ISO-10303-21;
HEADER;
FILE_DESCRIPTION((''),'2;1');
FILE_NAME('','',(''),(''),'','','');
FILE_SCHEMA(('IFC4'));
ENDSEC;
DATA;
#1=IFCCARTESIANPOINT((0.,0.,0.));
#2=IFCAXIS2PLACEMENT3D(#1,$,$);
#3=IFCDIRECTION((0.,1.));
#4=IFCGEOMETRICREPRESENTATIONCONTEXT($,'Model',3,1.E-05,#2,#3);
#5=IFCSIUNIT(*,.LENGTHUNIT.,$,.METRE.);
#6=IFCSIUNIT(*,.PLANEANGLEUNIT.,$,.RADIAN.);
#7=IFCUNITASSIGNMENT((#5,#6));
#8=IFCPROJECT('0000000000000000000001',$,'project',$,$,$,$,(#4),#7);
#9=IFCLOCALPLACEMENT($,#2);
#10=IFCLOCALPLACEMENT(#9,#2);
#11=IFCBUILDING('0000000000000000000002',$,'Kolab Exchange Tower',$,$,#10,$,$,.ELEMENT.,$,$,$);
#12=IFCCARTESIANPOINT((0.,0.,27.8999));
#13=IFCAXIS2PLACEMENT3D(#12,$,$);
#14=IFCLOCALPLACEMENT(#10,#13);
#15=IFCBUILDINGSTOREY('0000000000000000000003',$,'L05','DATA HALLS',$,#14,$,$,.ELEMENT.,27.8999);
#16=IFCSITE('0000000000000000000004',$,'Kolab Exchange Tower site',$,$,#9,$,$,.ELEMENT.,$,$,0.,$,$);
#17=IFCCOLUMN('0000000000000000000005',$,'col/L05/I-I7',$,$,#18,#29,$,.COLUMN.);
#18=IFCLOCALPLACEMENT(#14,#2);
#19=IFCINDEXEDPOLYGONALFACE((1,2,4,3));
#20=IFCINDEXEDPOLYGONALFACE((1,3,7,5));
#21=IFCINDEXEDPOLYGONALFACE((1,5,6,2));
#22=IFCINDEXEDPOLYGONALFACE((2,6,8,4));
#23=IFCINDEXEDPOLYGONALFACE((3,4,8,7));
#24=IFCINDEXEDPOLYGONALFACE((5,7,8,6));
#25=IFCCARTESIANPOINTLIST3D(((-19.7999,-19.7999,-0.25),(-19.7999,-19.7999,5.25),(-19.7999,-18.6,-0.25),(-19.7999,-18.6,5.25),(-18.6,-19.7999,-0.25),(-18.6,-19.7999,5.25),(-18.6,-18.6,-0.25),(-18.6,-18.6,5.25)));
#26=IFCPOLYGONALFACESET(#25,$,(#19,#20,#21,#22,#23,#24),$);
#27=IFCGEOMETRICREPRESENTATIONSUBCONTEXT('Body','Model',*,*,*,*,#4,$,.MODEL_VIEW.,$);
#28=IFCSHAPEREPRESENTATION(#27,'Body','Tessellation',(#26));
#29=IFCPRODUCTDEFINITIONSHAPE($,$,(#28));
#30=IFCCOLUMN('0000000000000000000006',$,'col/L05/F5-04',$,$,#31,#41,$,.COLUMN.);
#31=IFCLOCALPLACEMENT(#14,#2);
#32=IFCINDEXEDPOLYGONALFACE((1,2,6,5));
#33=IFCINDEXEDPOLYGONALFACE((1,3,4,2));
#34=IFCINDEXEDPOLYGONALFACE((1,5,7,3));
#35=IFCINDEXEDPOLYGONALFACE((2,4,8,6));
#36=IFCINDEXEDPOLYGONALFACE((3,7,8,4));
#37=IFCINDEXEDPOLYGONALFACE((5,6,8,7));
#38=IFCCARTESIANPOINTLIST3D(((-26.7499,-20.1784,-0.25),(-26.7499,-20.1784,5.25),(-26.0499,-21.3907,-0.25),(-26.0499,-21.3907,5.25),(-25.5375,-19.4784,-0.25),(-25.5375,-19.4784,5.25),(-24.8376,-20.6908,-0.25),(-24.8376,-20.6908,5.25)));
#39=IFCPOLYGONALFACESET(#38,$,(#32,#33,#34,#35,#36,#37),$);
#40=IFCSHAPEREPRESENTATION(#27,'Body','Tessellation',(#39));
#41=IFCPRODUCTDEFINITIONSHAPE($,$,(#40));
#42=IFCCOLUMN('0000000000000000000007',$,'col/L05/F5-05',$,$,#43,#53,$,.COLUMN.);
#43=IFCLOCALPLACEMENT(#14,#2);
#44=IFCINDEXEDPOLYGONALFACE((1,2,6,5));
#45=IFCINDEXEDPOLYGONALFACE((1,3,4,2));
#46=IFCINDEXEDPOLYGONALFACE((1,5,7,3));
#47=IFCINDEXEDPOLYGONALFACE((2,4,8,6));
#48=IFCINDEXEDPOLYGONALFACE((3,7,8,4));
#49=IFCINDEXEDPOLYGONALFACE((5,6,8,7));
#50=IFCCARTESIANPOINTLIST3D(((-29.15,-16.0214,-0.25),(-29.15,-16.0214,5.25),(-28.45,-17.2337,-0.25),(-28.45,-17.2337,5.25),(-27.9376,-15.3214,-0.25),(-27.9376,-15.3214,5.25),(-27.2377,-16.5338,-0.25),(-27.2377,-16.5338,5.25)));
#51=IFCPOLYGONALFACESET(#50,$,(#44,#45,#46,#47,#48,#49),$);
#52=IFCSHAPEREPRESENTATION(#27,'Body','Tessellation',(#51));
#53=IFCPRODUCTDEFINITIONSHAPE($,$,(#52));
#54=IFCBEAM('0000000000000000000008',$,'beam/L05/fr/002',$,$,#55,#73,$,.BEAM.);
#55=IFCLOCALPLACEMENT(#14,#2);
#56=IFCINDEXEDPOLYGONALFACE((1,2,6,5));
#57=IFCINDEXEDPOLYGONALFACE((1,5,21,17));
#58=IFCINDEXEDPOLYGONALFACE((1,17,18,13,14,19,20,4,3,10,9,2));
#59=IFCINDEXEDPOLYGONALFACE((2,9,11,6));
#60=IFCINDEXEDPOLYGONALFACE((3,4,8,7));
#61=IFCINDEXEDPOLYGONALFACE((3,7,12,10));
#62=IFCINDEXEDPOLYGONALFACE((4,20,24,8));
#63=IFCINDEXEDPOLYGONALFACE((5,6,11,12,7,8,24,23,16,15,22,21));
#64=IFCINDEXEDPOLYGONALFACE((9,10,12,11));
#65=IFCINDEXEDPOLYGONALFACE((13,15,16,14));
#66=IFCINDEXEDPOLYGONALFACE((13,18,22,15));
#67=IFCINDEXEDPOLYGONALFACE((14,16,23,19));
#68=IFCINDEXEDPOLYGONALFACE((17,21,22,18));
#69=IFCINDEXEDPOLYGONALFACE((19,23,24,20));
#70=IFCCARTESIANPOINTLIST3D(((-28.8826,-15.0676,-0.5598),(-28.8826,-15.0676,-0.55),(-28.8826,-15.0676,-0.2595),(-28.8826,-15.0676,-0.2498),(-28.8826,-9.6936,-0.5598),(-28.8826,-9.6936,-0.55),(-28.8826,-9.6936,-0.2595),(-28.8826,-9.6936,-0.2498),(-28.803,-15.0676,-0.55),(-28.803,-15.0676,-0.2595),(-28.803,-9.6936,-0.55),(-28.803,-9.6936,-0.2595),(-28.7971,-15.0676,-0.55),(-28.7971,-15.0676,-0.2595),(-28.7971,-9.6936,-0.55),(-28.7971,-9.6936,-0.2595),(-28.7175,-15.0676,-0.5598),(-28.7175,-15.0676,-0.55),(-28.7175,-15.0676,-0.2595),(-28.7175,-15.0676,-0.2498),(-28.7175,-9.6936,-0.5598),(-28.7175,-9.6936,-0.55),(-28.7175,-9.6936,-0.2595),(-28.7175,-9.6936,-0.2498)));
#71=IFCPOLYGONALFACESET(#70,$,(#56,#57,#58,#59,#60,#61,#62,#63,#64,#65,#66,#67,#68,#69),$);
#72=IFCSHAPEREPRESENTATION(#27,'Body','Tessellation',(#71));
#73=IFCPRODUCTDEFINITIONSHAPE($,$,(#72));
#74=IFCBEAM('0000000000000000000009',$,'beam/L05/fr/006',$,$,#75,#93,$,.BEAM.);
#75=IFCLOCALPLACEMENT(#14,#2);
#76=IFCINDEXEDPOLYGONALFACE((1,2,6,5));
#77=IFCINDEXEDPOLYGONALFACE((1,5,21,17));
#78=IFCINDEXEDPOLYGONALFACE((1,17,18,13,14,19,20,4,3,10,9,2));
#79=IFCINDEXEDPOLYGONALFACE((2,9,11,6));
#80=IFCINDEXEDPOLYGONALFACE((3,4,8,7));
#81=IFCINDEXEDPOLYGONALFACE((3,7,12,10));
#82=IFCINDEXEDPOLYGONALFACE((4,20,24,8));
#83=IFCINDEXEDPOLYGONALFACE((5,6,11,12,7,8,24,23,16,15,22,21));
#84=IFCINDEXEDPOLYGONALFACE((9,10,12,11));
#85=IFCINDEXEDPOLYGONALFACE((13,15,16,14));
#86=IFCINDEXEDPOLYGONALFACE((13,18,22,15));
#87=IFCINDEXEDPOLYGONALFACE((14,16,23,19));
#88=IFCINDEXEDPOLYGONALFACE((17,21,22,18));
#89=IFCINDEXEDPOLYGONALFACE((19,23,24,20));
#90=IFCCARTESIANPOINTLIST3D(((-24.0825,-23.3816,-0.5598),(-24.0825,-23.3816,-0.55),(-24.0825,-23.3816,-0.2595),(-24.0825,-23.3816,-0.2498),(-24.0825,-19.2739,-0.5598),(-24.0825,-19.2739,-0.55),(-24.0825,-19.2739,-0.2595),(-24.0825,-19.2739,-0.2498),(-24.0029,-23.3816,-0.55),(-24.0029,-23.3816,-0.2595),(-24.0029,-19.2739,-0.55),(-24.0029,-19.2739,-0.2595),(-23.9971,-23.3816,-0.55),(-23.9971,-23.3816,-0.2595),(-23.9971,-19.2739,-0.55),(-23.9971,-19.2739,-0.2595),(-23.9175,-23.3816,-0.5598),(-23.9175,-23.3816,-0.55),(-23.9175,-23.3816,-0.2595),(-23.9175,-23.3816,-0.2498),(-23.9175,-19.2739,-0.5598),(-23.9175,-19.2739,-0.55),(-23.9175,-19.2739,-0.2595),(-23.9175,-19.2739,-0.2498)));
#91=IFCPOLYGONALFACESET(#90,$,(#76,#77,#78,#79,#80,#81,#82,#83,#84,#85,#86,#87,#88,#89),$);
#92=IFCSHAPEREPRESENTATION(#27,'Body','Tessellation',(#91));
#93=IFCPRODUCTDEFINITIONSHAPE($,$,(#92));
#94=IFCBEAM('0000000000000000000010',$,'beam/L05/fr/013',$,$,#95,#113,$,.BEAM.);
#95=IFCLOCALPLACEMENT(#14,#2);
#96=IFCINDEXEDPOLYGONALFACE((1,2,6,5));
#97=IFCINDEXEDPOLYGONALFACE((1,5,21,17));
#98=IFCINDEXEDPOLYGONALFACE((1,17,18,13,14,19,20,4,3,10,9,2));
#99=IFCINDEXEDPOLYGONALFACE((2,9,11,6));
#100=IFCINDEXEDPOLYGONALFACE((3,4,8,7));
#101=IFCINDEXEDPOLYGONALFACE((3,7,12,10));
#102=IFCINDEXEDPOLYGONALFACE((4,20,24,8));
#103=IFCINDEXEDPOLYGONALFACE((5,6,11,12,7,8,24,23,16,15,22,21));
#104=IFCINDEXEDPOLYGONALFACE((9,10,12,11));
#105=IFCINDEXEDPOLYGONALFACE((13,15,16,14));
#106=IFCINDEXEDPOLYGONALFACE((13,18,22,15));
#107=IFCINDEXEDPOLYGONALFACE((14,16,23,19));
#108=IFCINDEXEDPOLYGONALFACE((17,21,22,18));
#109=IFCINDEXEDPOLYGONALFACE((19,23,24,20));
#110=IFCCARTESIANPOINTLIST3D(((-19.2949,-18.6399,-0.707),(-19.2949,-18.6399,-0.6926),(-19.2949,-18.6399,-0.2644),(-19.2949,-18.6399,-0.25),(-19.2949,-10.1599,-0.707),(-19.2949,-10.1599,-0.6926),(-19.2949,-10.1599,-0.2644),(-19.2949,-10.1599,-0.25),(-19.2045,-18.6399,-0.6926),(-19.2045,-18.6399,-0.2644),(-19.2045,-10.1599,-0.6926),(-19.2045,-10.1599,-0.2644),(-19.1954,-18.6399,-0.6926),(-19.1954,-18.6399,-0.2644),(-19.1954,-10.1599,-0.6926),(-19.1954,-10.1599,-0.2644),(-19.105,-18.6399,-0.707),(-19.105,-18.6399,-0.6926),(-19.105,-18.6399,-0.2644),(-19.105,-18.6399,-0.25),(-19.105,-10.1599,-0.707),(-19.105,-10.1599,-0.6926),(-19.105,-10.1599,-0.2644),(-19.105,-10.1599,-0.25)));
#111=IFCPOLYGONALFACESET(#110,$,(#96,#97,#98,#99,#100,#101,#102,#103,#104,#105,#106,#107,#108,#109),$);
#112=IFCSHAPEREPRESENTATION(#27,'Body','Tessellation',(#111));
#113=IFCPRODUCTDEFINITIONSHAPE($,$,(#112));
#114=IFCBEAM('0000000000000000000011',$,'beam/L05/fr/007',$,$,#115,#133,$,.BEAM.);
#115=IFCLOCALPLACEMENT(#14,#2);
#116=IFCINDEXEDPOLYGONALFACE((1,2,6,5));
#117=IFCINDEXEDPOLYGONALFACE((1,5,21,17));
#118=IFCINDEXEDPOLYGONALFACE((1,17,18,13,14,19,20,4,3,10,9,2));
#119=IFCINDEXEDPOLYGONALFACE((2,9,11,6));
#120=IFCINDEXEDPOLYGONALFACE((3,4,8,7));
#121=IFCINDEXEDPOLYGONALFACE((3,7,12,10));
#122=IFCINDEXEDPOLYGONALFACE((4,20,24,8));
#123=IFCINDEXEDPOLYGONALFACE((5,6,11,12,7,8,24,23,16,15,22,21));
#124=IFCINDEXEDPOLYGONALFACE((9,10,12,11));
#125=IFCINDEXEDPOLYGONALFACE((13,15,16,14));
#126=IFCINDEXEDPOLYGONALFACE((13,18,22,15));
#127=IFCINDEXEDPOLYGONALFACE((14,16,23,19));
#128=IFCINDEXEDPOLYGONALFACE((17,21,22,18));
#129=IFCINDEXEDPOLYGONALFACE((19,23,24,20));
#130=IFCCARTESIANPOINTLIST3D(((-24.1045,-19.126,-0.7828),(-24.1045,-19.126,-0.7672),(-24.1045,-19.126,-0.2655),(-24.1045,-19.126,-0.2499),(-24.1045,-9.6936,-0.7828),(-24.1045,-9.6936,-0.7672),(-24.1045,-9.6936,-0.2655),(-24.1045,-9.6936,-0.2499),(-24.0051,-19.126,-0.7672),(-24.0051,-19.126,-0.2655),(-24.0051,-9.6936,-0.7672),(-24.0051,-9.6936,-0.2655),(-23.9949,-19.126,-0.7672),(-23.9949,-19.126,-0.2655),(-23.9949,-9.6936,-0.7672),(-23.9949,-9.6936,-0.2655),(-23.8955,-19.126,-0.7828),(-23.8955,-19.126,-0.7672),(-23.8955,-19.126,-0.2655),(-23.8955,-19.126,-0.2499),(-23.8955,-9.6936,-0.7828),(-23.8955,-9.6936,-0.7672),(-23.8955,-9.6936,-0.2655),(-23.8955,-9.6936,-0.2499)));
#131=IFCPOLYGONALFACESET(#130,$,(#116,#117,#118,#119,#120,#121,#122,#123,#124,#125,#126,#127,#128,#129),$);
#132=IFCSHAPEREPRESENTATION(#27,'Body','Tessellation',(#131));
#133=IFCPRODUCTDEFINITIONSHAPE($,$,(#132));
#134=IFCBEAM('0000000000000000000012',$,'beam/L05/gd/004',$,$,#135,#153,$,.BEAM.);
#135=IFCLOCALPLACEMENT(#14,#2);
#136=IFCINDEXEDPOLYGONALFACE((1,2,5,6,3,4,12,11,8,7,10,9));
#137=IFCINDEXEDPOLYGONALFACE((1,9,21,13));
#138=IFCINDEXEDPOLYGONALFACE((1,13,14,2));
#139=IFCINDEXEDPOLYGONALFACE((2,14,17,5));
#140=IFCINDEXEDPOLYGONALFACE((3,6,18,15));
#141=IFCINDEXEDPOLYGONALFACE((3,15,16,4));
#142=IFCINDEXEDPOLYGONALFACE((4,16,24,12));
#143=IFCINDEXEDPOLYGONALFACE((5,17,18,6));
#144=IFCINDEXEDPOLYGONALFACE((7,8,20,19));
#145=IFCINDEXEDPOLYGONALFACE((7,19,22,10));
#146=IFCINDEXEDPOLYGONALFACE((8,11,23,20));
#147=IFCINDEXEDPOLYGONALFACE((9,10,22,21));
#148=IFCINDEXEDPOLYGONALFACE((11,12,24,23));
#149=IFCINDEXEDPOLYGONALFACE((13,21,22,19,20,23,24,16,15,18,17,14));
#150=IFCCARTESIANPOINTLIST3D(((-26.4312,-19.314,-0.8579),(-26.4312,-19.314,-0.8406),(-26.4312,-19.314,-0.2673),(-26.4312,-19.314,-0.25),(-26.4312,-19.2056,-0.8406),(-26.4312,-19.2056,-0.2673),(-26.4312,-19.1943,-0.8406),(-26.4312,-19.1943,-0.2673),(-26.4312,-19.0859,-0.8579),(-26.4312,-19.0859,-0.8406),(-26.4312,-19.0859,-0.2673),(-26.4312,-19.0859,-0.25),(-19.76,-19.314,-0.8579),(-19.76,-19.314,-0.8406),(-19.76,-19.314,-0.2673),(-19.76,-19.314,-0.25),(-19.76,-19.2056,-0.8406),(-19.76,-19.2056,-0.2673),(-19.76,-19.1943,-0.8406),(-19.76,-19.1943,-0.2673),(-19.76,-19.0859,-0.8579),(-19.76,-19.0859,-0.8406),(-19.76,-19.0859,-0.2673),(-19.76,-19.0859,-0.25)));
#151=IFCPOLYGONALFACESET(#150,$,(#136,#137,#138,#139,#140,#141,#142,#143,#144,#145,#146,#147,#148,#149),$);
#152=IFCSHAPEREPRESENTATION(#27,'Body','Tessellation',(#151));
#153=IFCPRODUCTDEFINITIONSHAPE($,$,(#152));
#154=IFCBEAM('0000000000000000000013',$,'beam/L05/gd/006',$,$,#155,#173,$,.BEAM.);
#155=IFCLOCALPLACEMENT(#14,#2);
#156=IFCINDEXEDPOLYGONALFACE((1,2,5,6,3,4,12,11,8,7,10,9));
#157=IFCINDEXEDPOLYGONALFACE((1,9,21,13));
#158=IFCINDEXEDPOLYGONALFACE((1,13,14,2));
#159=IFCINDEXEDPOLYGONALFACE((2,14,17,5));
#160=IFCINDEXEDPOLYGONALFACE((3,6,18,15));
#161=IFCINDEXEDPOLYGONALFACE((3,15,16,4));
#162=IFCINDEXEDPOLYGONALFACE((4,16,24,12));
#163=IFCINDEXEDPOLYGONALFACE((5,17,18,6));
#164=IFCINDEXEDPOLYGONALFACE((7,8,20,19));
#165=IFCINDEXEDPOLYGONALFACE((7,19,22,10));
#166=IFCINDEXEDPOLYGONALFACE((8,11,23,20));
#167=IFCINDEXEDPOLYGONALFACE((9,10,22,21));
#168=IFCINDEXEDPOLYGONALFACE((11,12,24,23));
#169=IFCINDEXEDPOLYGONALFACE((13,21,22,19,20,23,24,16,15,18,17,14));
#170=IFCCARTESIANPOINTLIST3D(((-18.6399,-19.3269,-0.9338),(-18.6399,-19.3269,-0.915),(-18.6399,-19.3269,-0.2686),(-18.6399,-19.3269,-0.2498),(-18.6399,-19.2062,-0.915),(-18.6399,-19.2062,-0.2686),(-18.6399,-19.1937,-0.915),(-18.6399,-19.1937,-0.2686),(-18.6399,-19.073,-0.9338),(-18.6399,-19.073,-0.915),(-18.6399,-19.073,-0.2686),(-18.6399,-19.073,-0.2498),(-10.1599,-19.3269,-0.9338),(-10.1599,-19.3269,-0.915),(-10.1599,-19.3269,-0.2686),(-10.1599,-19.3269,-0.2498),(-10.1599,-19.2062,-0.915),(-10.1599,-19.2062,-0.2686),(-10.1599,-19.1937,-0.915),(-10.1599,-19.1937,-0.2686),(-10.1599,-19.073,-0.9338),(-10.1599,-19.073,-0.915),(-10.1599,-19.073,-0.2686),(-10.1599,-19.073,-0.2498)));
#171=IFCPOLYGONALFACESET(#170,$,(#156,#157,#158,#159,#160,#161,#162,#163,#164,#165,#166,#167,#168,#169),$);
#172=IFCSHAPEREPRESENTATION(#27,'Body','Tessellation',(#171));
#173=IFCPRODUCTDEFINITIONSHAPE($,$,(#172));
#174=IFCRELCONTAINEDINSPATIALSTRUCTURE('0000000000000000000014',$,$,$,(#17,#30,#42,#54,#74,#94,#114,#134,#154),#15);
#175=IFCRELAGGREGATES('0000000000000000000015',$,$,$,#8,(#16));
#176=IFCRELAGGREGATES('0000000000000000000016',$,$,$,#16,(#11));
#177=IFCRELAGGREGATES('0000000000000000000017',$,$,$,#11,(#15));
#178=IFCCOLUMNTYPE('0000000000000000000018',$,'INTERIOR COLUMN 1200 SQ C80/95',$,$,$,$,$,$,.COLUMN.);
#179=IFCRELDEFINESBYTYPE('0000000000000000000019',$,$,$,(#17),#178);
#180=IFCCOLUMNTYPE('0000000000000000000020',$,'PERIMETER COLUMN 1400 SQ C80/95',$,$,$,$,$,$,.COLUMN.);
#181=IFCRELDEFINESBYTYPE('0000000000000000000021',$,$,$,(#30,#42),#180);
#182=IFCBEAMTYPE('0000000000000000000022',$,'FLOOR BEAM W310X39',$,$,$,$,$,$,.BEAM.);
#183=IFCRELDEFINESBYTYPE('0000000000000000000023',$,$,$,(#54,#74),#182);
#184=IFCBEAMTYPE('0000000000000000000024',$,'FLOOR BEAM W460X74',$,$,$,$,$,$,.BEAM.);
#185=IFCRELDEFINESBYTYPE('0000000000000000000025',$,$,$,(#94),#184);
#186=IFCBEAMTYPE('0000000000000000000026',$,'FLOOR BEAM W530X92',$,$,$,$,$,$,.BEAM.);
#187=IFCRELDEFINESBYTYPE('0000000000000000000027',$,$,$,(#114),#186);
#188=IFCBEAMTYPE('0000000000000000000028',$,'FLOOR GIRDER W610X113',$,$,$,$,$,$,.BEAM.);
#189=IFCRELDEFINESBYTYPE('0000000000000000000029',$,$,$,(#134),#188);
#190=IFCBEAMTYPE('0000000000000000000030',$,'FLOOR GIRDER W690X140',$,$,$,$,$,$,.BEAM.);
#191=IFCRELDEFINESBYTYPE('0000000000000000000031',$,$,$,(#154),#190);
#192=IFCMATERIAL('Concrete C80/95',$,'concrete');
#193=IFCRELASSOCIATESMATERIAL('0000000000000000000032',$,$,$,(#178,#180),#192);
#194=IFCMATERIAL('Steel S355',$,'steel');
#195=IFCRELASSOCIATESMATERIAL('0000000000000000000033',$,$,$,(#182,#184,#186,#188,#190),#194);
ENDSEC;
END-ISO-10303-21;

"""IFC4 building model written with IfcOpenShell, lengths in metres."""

from ifc_helpers import new_model, si_unit, direction, frame, origin, origin_2d, place, context, subcontext, project, spatial, rectangle, i_section, extrude, material, material_profile, profile_set, type_object, element, save


model = new_model("IFC4")

# Units and contexts
model_context = context("Model", 3, precision=1e-05, world=origin(), true_north=direction((0.0, 1.0)))
body_context = subcontext(model_context, "Body", "Model", "MODEL_VIEW")
ifc_project = project(units=[si_unit("LENGTHUNIT", "METRE"), si_unit("PLANEANGLEUNIT", "RADIAN")], contexts=[model_context])

# Site, building, storey
site_placement = place(None, origin())
site = spatial("IfcSite", under=ifc_project, at=site_placement, Name="Kolab Exchange Tower site", CompositionType="ELEMENT", RefElevation=0.0)
building_placement = place(site_placement, origin())
building = spatial("IfcBuilding", under=site, at=building_placement, Name="Kolab Exchange Tower", CompositionType="ELEMENT")
storey_placement = place(building_placement, frame((0.0, 0.0, 27.8999)))
storey = spatial("IfcBuildingStorey", under=building, at=storey_placement, Name="L05", Description="DATA HALLS", CompositionType="ELEMENT", Elevation=27.8999)

# Columns
ifc_material_1 = material(Name="Concrete C80/95", Category="concrete")
ifc_material_profile_1 = material_profile(ifc_material_1, rectangle(XDim=1.2, YDim=1.2, at=origin_2d()), Name="RC1200")
ifc_profile_set_1 = profile_set([ifc_material_profile_1], Name="Concrete C80/95")
column_type_1 = type_object("IfcColumnType", Name="INTERIOR COLUMN 1200 SQ C80/95", PredefinedType="COLUMN", material=ifc_profile_set_1)
column_placement = place(storey_placement, frame((-19.2, -19.2, -0.25), z_axis=(0.0, 0.0, 1.0), x_axis=(1.0, 0.0, 0.0)))
element("IfcColumn", 1, at=column_placement, inside=storey, type_object=column_type_1, Name="col/L05/I-I7", PredefinedType="COLUMN", context=body_context, shape_type="SweptSolid", body=[
    extrude(rectangle(XDim=1.2, YDim=1.2, at=origin_2d()), origin(), (0.0, 0.0, 1.0), 5.5),
])
ifc_material_profile_2 = material_profile(ifc_material_1, rectangle(XDim=1.3999, YDim=1.3999, at=origin_2d()), Name="RC1400")
ifc_profile_set_2 = profile_set([ifc_material_profile_2], Name="Concrete C80/95")
column_type_2 = type_object("IfcColumnType", Name="PERIMETER COLUMN 1400 SQ C80/95", PredefinedType="COLUMN", material=ifc_profile_set_2)
for number, where, z_axis, x_axis, name in (
    (2, (-25.7937, -20.4346, -0.25), (0.0, 0.0, 1.0), (0.866025, 0.5, 0.0), "col/L05/F5-04"),
    (3, (-28.1938, -16.2776, -0.25), (0.0, 0.0, 1.0), (0.866025, 0.5, 0.0), "col/L05/F5-05"),
):
    element("IfcColumn", number, at=place(storey_placement, frame(where, z_axis=z_axis, x_axis=x_axis)), inside=storey, type_object=column_type_2, Name=name, PredefinedType="COLUMN", context=body_context, shape_type="SweptSolid", body=[
        extrude(rectangle(XDim=1.3999, YDim=1.3999, at=origin_2d()), origin(), (0.0, 0.0, 1.0), 5.5),
    ])

# Beams
ifc_material_2 = material(Name="Steel S355", Category="steel")
ifc_material_profile_3 = material_profile(ifc_material_2, i_section(OverallWidth=0.165, OverallDepth=0.3101, WebThickness=0.0059, FlangeThickness=0.0098, at=origin_2d()), Name="W310X39")
ifc_profile_set_3 = profile_set([ifc_material_profile_3], Name="Steel S355")
beam_type_1 = type_object("IfcBeamType", Name="FLOOR BEAM W310X39", PredefinedType="BEAM", material=ifc_profile_set_3)
beam_1_placement = place(storey_placement, frame((-28.8, -15.0676, -0.4048), z_axis=(0.0, 1.0, 0.0), x_axis=(-1.0, 0.0, 0.0)))
element("IfcBeam", 4, at=beam_1_placement, inside=storey, type_object=beam_type_1, Name="beam/L05/fr/002", PredefinedType="BEAM", context=body_context, shape_type="SweptSolid", body=[
    extrude(i_section(OverallWidth=0.165, OverallDepth=0.3101, WebThickness=0.0059, FlangeThickness=0.0098, at=origin_2d()), origin(), (0.0, 0.0, 1.0), 5.374),
])
beam_2_placement = place(storey_placement, frame((-24.0, -23.3816, -0.4048), z_axis=(0.0, 1.0, 0.0), x_axis=(-1.0, 0.0, 0.0)))
element("IfcBeam", 5, at=beam_2_placement, inside=storey, type_object=beam_type_1, Name="beam/L05/fr/006", PredefinedType="BEAM", context=body_context, shape_type="SweptSolid", body=[
    extrude(i_section(OverallWidth=0.165, OverallDepth=0.3101, WebThickness=0.0059, FlangeThickness=0.0098, at=origin_2d()), origin(), (0.0, 0.0, 1.0), 4.1077),
])
ifc_material_profile_4 = material_profile(ifc_material_2, i_section(OverallWidth=0.1899, OverallDepth=0.457, WebThickness=0.009, FlangeThickness=0.0144, at=origin_2d()), Name="W460X74")
ifc_profile_set_4 = profile_set([ifc_material_profile_4], Name="Steel S355")
beam_type_2 = type_object("IfcBeamType", Name="FLOOR BEAM W460X74", PredefinedType="BEAM", material=ifc_profile_set_4)
beam_3_placement = place(storey_placement, frame((-19.2, -18.6399, -0.4785), z_axis=(0.0, 1.0, 0.0), x_axis=(-1.0, 0.0, 0.0)))
element("IfcBeam", 6, at=beam_3_placement, inside=storey, type_object=beam_type_2, Name="beam/L05/fr/013", PredefinedType="BEAM", context=body_context, shape_type="SweptSolid", body=[
    extrude(i_section(OverallWidth=0.1899, OverallDepth=0.457, WebThickness=0.009, FlangeThickness=0.0144, at=origin_2d()), origin(), (0.0, 0.0, 1.0), 8.48),
])
ifc_material_profile_5 = material_profile(ifc_material_2, i_section(OverallWidth=0.209, OverallDepth=0.533, WebThickness=0.0103, FlangeThickness=0.0156, at=origin_2d()), Name="W530X92")
ifc_profile_set_5 = profile_set([ifc_material_profile_5], Name="Steel S355")
beam_type_3 = type_object("IfcBeamType", Name="FLOOR BEAM W530X92", PredefinedType="BEAM", material=ifc_profile_set_5)
beam_4_placement = place(storey_placement, frame((-24.0, -19.126, -0.5164), z_axis=(0.0, 1.0, 0.0), x_axis=(-1.0, 0.0, 0.0)))
element("IfcBeam", 7, at=beam_4_placement, inside=storey, type_object=beam_type_3, Name="beam/L05/fr/007", PredefinedType="BEAM", context=body_context, shape_type="SweptSolid", body=[
    extrude(i_section(OverallWidth=0.209, OverallDepth=0.533, WebThickness=0.0103, FlangeThickness=0.0156, at=origin_2d()), origin(), (0.0, 0.0, 1.0), 9.4324),
])
ifc_material_profile_6 = material_profile(ifc_material_2, i_section(OverallWidth=0.228, OverallDepth=0.6079, WebThickness=0.0112, FlangeThickness=0.0173, at=origin_2d()), Name="W610X113")
ifc_profile_set_6 = profile_set([ifc_material_profile_6], Name="Steel S355")
beam_type_4 = type_object("IfcBeamType", Name="FLOOR GIRDER W610X113", PredefinedType="BEAM", material=ifc_profile_set_6)
beam_5_placement = place(storey_placement, frame((-26.4312, -19.2, -0.554), z_axis=(1.0, 0.0, 0.0), x_axis=(0.0, 1.0, 0.0)))
element("IfcBeam", 8, at=beam_5_placement, inside=storey, type_object=beam_type_4, Name="beam/L05/gd/004", PredefinedType="BEAM", context=body_context, shape_type="SweptSolid", body=[
    extrude(i_section(OverallWidth=0.228, OverallDepth=0.6079, WebThickness=0.0112, FlangeThickness=0.0173, at=origin_2d()), origin(), (0.0, 0.0, 1.0), 6.6711),
])
ifc_material_profile_7 = material_profile(ifc_material_2, i_section(OverallWidth=0.2539, OverallDepth=0.6841, WebThickness=0.0125, FlangeThickness=0.0188, at=origin_2d()), Name="W690X140")
ifc_profile_set_7 = profile_set([ifc_material_profile_7], Name="Steel S355")
beam_type_5 = type_object("IfcBeamType", Name="FLOOR GIRDER W690X140", PredefinedType="BEAM", material=ifc_profile_set_7)
beam_6_placement = place(storey_placement, frame((-18.6399, -19.2, -0.5918), z_axis=(1.0, 0.0, 0.0), x_axis=(0.0, 1.0, 0.0)))
element("IfcBeam", 9, at=beam_6_placement, inside=storey, type_object=beam_type_5, Name="beam/L05/gd/006", PredefinedType="BEAM", context=body_context, shape_type="SweptSolid", body=[
    extrude(i_section(OverallWidth=0.2539, OverallDepth=0.6841, WebThickness=0.0125, FlangeThickness=0.0188, at=origin_2d()), origin(), (0.0, 0.0, 1.0), 8.48),
])

save(model, "model.ifc")
